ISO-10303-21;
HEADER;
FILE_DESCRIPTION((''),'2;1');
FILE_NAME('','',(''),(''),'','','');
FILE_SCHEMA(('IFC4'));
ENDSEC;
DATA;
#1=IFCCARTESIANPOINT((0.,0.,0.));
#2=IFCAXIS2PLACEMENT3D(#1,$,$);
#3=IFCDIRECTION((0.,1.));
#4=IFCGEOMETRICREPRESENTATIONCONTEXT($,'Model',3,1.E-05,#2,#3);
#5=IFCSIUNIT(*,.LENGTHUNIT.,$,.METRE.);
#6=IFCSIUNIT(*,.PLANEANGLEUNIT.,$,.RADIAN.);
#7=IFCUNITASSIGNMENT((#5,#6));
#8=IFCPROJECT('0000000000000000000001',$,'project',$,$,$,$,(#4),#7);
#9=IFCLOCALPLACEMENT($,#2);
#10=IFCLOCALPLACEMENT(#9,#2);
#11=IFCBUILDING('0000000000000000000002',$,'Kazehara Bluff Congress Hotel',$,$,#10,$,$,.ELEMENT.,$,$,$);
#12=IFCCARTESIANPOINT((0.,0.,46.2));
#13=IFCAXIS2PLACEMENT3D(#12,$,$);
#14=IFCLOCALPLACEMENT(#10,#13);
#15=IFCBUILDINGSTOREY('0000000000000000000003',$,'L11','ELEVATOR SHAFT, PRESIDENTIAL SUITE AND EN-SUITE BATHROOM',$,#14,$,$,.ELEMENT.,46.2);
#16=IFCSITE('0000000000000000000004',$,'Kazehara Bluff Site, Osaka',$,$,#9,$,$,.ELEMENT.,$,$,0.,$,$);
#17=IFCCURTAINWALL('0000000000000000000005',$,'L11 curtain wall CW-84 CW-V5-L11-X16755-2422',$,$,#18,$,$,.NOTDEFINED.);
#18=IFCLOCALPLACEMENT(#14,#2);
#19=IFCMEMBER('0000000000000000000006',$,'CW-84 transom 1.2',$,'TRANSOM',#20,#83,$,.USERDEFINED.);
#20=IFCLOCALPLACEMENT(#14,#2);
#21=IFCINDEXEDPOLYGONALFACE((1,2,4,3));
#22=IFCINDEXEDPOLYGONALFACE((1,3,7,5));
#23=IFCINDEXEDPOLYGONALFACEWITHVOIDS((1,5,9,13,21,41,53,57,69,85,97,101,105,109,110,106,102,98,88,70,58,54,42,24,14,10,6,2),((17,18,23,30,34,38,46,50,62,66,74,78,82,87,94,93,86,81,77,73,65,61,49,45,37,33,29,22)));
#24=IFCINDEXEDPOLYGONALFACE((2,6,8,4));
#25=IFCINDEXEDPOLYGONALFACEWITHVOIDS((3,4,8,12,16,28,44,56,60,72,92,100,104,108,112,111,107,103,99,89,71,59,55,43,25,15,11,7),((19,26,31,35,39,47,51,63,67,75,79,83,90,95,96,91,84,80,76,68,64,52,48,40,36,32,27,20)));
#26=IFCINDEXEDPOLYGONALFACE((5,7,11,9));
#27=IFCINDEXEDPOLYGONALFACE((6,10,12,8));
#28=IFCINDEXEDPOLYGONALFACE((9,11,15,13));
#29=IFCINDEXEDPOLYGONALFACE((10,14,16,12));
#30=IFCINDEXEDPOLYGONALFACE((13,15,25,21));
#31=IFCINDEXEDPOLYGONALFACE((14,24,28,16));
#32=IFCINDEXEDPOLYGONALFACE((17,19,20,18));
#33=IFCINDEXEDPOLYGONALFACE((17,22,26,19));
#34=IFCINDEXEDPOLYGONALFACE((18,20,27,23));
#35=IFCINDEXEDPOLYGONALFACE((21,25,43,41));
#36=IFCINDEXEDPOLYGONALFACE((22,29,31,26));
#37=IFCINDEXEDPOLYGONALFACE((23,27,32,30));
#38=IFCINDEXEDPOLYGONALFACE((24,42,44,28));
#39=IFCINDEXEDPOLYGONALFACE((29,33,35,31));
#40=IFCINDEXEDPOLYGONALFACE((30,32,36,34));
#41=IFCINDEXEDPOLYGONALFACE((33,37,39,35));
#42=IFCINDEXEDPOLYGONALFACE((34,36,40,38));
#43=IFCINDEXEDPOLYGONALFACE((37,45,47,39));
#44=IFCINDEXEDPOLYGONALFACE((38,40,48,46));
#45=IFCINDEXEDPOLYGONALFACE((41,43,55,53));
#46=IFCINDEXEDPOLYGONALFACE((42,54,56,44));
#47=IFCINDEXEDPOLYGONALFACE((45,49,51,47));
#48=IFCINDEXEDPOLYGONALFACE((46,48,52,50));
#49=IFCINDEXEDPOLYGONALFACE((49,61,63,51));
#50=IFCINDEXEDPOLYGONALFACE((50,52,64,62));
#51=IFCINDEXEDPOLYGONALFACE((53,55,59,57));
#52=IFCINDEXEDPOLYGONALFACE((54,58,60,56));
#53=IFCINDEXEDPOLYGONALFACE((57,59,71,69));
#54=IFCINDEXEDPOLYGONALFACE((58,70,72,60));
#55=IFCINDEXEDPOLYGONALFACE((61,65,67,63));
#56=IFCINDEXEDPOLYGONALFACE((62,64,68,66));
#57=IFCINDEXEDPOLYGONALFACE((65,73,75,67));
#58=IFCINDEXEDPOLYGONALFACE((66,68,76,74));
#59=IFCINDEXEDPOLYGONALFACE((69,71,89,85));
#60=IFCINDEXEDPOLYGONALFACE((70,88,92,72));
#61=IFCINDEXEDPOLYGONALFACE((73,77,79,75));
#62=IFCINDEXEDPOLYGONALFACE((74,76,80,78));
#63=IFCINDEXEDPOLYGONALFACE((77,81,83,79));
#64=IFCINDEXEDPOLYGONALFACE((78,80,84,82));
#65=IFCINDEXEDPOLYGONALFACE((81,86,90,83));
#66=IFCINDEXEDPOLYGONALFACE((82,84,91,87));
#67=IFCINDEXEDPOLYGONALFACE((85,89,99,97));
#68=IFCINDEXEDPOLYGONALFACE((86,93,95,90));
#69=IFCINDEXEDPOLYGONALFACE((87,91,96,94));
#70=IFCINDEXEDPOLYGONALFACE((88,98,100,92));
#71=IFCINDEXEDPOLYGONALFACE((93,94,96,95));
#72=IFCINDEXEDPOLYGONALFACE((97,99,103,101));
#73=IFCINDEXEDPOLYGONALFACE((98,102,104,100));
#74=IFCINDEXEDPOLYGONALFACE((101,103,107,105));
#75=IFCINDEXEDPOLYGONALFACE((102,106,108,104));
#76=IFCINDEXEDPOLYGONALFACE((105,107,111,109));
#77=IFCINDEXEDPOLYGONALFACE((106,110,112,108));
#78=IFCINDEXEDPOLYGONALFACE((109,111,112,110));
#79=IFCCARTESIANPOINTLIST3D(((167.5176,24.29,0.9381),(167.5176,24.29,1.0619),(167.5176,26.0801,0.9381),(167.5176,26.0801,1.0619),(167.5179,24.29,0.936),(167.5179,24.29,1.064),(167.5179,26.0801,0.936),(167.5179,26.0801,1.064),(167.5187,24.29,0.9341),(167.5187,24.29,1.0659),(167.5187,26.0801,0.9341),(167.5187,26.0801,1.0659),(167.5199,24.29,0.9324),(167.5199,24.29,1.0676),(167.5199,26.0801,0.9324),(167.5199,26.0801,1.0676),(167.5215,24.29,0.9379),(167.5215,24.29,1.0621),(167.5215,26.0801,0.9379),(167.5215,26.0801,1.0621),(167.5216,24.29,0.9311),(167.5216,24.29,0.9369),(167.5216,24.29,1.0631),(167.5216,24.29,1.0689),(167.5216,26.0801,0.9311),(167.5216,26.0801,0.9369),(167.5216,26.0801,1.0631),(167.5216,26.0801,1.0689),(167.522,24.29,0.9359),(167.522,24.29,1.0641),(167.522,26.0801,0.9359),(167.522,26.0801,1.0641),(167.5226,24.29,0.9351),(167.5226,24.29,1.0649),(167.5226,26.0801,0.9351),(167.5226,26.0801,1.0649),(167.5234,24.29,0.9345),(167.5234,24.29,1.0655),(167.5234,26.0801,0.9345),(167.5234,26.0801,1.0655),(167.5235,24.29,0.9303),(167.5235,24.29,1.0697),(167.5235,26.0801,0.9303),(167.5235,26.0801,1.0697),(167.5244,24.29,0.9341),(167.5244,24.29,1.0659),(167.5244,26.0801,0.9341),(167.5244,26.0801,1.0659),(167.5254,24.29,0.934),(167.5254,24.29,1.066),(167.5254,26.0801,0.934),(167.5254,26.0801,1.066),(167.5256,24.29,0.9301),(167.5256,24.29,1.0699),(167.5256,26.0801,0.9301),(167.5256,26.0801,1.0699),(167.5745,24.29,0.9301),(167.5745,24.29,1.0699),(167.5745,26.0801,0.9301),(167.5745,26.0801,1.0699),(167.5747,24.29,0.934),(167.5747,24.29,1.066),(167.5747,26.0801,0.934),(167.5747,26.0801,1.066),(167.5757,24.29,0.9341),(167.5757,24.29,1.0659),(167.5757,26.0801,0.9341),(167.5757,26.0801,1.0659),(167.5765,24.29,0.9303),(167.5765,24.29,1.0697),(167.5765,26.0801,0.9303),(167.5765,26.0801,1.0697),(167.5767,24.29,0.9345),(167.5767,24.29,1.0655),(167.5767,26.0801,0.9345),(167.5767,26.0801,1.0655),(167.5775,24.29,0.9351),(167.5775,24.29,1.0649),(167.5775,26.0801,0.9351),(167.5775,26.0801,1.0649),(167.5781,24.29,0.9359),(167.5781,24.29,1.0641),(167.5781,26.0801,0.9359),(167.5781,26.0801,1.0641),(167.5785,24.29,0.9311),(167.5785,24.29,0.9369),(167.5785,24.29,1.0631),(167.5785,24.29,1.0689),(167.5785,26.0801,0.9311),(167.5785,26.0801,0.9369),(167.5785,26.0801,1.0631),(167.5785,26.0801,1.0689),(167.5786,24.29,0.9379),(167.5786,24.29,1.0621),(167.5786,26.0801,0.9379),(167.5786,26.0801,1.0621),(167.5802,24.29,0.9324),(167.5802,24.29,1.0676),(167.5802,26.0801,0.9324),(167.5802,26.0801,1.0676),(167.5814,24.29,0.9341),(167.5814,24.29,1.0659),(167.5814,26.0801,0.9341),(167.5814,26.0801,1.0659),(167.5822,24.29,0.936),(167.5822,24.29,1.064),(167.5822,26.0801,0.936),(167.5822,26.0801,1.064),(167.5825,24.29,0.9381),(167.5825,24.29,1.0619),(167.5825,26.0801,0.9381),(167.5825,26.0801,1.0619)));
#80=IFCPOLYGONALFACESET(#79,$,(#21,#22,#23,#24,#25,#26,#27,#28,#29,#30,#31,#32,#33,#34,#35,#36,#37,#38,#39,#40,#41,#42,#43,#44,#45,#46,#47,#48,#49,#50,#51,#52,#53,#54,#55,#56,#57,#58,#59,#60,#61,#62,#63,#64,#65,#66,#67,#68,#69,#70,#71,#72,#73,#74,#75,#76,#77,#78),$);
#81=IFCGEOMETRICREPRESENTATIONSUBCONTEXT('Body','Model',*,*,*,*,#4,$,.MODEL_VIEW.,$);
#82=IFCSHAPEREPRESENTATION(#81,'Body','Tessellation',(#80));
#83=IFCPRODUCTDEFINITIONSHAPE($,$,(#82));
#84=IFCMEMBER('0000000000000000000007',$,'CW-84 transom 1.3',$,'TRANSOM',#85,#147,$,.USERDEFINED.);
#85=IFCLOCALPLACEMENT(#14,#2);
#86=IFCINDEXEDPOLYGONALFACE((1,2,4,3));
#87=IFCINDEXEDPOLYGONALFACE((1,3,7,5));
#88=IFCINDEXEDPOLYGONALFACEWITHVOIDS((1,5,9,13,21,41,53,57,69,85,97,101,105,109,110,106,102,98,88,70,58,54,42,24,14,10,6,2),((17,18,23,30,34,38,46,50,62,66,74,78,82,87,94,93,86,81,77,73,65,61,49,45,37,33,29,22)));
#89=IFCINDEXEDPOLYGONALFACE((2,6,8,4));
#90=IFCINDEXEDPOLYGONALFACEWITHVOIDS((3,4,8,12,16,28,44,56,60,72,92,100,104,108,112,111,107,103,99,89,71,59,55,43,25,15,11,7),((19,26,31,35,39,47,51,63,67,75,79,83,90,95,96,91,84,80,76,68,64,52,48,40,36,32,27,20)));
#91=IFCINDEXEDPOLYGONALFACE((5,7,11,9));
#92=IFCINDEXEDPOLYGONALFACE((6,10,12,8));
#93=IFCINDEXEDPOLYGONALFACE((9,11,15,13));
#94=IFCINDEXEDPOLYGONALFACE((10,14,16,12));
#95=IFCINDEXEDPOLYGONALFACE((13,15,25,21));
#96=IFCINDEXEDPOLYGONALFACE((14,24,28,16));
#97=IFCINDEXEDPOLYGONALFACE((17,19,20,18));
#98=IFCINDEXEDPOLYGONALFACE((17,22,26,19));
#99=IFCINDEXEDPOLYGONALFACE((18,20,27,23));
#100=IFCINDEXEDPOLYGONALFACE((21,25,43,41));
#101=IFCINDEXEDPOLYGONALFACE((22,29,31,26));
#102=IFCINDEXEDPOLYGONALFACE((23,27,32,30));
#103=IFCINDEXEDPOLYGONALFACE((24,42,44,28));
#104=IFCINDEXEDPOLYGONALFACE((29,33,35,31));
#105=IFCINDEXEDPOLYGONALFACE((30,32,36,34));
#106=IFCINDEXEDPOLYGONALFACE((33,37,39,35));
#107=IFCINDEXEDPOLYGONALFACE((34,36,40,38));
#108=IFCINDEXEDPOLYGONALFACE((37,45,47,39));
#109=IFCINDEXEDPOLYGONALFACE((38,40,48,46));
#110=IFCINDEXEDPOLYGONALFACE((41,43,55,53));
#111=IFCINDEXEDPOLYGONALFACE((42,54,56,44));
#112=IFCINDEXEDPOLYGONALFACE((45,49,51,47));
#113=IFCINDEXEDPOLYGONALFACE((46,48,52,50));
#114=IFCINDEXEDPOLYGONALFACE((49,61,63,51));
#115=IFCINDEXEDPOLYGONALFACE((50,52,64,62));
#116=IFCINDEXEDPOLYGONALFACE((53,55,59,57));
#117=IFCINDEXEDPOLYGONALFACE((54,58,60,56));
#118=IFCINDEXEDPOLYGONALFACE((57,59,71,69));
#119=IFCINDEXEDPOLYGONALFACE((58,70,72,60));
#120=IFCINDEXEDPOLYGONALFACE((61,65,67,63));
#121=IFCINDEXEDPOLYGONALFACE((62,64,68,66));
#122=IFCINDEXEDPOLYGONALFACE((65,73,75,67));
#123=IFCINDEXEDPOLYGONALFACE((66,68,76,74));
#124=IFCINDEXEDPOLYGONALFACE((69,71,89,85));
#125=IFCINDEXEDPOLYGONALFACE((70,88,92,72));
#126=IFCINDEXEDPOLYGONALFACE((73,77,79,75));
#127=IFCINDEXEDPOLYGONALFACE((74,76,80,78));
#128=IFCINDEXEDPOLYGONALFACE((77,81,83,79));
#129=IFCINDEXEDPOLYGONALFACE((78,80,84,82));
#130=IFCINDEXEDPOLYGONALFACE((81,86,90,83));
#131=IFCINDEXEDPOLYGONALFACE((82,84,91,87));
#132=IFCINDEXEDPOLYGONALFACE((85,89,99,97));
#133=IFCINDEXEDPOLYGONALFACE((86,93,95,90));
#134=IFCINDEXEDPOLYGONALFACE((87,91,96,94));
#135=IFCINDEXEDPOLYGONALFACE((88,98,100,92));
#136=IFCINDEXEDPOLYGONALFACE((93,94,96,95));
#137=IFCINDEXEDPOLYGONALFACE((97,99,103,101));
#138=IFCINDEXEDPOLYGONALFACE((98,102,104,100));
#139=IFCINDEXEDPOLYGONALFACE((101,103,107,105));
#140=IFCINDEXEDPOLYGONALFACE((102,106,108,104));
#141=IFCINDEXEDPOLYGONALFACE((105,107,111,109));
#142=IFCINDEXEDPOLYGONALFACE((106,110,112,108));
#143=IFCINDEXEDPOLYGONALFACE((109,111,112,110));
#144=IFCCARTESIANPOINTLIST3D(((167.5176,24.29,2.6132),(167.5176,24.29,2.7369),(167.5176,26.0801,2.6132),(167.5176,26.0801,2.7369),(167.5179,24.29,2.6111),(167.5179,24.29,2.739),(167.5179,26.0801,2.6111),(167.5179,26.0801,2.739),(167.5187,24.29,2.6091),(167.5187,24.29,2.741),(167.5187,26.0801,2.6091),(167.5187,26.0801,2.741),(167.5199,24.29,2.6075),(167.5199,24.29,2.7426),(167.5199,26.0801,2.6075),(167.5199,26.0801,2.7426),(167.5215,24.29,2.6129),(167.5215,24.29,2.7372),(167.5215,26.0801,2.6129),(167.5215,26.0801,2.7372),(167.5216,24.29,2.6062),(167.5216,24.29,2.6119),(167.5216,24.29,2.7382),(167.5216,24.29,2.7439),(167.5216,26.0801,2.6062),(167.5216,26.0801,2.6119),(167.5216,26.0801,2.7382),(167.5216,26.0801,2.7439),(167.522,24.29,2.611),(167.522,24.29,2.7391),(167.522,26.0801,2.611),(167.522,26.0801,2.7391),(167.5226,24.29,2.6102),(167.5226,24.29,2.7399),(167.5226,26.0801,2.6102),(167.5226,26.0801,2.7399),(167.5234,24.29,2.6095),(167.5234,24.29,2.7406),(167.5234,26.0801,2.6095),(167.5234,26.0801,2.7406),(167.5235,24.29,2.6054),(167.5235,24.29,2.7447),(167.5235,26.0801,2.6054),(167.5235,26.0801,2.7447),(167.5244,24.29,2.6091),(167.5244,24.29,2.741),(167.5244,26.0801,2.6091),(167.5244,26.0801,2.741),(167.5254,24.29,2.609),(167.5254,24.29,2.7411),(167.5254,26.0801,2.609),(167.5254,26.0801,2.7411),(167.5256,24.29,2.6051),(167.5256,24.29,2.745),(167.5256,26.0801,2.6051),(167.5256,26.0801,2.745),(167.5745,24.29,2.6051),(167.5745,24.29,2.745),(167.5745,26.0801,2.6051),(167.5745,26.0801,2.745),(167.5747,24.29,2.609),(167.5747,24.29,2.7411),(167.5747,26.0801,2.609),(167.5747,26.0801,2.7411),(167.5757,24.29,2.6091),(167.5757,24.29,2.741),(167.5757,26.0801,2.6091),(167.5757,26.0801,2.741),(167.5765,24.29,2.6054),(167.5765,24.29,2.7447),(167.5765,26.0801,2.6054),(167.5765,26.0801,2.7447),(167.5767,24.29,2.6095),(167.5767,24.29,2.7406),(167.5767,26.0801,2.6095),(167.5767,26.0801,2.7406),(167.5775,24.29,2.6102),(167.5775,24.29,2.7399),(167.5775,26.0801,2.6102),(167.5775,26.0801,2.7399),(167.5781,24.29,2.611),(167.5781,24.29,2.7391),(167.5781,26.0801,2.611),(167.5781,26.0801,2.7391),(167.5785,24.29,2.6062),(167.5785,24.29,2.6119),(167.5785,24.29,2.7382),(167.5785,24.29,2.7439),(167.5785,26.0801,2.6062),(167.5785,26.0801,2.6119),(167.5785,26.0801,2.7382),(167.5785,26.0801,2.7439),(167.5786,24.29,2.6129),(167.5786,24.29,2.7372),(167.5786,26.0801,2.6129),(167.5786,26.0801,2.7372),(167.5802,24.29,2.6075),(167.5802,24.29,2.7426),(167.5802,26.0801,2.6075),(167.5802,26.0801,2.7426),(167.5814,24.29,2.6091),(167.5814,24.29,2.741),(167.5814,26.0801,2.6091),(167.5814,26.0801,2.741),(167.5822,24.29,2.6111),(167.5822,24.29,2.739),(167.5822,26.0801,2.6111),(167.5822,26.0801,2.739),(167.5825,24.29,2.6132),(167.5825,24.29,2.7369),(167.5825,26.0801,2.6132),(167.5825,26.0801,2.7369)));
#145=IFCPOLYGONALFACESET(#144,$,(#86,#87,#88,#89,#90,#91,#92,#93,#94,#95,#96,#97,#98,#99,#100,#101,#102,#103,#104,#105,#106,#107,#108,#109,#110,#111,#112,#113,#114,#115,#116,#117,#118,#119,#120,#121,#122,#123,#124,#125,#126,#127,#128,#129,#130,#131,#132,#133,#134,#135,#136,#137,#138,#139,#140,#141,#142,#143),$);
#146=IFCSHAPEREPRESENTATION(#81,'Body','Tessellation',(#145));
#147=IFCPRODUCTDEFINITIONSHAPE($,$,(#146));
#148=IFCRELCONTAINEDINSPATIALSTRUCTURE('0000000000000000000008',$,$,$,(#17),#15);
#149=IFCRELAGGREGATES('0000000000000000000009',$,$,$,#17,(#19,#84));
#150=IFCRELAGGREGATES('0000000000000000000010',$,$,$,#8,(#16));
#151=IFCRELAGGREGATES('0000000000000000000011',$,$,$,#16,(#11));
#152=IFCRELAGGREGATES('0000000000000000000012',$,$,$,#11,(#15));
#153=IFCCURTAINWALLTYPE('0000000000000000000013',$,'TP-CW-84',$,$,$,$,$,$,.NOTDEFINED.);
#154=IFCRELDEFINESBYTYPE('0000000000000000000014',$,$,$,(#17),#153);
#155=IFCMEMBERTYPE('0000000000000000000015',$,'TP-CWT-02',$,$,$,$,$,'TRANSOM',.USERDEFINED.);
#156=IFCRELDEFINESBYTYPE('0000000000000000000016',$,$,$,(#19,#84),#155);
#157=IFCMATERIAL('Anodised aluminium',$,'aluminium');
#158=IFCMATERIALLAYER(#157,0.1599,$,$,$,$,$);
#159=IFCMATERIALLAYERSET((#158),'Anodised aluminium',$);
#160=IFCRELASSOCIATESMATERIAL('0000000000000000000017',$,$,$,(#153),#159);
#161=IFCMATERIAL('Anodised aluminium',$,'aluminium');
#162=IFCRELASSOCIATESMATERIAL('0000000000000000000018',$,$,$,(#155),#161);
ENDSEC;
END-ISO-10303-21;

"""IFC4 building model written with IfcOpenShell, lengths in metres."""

from ifc_helpers import new_model, si_unit, direction, frame, origin, origin_2d, place, context, subcontext, project, spatial, hollow_rectangle, extrude, material, layer, layer_set, material_profile, profile_set, type_object, element, aggregate, save


model = new_model("IFC4")

# Units and contexts
model_context = context("Model", 3, precision=1e-05, world=origin(), true_north=direction((0.0, 1.0)))
body_context = subcontext(model_context, "Body", "Model", "MODEL_VIEW")
ifc_project = project(units=[si_unit("LENGTHUNIT", "METRE"), si_unit("PLANEANGLEUNIT", "RADIAN")], contexts=[model_context])

# Site, building, storey
site_placement = place(None, origin())
site = spatial("IfcSite", under=ifc_project, at=site_placement, Name="Kazehara Bluff Site, Osaka", CompositionType="ELEMENT", RefElevation=0.0)
building_placement = place(site_placement, origin())
building = spatial("IfcBuilding", under=site, at=building_placement, Name="Kazehara Bluff Congress Hotel", CompositionType="ELEMENT")
storey_placement = place(building_placement, frame((0.0, 0.0, 46.2)))
storey = spatial("IfcBuildingStorey", under=building, at=storey_placement, Name="L11", Description="ELEVATOR SHAFT, PRESIDENTIAL SUITE AND EN-SUITE BATHROOM", CompositionType="ELEMENT", Elevation=46.2)

# Curtain wall
ifc_material_1 = material(Name="Anodised aluminium", Category="aluminium")
ifc_layer_1 = layer(ifc_material_1, 0.1599)
ifc_layer_set_1 = layer_set([ifc_layer_1], Name="Anodised aluminium")
curtain_wall_type_1 = type_object("IfcCurtainWallType", Name="TP-CW-84", PredefinedType="NOTDEFINED", material=ifc_layer_set_1)
curtain_wall_1_placement = place(storey_placement, origin())
curtain_wall_1 = element("IfcCurtainWall", 1, at=curtain_wall_1_placement, inside=storey, type_object=curtain_wall_type_1, Name="L11 curtain wall CW-84 CW-V5-L11-X16755-2422", PredefinedType="NOTDEFINED")

# Members
ifc_material_2 = material(Name="Anodised aluminium", Category="aluminium")
ifc_material_profile_1 = material_profile(ifc_material_2, hollow_rectangle(XDim=0.0649, YDim=0.1399, WallThickness=0.0039, InnerFilletRadius=0.0039, OuterFilletRadius=0.0081, at=origin_2d()))
ifc_profile_set_1 = profile_set([ifc_material_profile_1], Name="Anodised aluminium")
member_type_1 = type_object("IfcMemberType", Name="TP-CWT-02", ElementType="TRANSOM", PredefinedType="USERDEFINED", material=ifc_profile_set_1)
member_1_placement = place(storey_placement, frame((167.55, 24.29, 1.0), z_axis=(0.0, 1.0, 0.0), x_axis=(-1.0, 0.0, 0.0)))
member_1 = element("IfcMember", 2, at=member_1_placement, type_object=member_type_1, Name="CW-84 transom 1.2", ObjectType="TRANSOM", PredefinedType="USERDEFINED", context=body_context, shape_type="SweptSolid", body=[
    extrude(hollow_rectangle(XDim=0.0649, YDim=0.1399, WallThickness=0.0039, InnerFilletRadius=0.0039, OuterFilletRadius=0.0081, at=origin_2d()), origin(), (0.0, 0.0, 1.0), 1.79),
])
member_2_placement = place(storey_placement, frame((167.55, 24.29, 2.675), z_axis=(0.0, 1.0, 0.0), x_axis=(-1.0, 0.0, 0.0)))
member_2 = element("IfcMember", 3, at=member_2_placement, type_object=member_type_1, Name="CW-84 transom 1.3", ObjectType="TRANSOM", PredefinedType="USERDEFINED", context=body_context, shape_type="SweptSolid", body=[
    extrude(hollow_rectangle(XDim=0.0649, YDim=0.1399, WallThickness=0.0039, InnerFilletRadius=0.0039, OuterFilletRadius=0.0081, at=origin_2d()), origin(), (0.0, 0.0, 1.0), 1.79),
])

aggregate(curtain_wall_1, [member_1, member_2])

save(model, "model.ifc")
